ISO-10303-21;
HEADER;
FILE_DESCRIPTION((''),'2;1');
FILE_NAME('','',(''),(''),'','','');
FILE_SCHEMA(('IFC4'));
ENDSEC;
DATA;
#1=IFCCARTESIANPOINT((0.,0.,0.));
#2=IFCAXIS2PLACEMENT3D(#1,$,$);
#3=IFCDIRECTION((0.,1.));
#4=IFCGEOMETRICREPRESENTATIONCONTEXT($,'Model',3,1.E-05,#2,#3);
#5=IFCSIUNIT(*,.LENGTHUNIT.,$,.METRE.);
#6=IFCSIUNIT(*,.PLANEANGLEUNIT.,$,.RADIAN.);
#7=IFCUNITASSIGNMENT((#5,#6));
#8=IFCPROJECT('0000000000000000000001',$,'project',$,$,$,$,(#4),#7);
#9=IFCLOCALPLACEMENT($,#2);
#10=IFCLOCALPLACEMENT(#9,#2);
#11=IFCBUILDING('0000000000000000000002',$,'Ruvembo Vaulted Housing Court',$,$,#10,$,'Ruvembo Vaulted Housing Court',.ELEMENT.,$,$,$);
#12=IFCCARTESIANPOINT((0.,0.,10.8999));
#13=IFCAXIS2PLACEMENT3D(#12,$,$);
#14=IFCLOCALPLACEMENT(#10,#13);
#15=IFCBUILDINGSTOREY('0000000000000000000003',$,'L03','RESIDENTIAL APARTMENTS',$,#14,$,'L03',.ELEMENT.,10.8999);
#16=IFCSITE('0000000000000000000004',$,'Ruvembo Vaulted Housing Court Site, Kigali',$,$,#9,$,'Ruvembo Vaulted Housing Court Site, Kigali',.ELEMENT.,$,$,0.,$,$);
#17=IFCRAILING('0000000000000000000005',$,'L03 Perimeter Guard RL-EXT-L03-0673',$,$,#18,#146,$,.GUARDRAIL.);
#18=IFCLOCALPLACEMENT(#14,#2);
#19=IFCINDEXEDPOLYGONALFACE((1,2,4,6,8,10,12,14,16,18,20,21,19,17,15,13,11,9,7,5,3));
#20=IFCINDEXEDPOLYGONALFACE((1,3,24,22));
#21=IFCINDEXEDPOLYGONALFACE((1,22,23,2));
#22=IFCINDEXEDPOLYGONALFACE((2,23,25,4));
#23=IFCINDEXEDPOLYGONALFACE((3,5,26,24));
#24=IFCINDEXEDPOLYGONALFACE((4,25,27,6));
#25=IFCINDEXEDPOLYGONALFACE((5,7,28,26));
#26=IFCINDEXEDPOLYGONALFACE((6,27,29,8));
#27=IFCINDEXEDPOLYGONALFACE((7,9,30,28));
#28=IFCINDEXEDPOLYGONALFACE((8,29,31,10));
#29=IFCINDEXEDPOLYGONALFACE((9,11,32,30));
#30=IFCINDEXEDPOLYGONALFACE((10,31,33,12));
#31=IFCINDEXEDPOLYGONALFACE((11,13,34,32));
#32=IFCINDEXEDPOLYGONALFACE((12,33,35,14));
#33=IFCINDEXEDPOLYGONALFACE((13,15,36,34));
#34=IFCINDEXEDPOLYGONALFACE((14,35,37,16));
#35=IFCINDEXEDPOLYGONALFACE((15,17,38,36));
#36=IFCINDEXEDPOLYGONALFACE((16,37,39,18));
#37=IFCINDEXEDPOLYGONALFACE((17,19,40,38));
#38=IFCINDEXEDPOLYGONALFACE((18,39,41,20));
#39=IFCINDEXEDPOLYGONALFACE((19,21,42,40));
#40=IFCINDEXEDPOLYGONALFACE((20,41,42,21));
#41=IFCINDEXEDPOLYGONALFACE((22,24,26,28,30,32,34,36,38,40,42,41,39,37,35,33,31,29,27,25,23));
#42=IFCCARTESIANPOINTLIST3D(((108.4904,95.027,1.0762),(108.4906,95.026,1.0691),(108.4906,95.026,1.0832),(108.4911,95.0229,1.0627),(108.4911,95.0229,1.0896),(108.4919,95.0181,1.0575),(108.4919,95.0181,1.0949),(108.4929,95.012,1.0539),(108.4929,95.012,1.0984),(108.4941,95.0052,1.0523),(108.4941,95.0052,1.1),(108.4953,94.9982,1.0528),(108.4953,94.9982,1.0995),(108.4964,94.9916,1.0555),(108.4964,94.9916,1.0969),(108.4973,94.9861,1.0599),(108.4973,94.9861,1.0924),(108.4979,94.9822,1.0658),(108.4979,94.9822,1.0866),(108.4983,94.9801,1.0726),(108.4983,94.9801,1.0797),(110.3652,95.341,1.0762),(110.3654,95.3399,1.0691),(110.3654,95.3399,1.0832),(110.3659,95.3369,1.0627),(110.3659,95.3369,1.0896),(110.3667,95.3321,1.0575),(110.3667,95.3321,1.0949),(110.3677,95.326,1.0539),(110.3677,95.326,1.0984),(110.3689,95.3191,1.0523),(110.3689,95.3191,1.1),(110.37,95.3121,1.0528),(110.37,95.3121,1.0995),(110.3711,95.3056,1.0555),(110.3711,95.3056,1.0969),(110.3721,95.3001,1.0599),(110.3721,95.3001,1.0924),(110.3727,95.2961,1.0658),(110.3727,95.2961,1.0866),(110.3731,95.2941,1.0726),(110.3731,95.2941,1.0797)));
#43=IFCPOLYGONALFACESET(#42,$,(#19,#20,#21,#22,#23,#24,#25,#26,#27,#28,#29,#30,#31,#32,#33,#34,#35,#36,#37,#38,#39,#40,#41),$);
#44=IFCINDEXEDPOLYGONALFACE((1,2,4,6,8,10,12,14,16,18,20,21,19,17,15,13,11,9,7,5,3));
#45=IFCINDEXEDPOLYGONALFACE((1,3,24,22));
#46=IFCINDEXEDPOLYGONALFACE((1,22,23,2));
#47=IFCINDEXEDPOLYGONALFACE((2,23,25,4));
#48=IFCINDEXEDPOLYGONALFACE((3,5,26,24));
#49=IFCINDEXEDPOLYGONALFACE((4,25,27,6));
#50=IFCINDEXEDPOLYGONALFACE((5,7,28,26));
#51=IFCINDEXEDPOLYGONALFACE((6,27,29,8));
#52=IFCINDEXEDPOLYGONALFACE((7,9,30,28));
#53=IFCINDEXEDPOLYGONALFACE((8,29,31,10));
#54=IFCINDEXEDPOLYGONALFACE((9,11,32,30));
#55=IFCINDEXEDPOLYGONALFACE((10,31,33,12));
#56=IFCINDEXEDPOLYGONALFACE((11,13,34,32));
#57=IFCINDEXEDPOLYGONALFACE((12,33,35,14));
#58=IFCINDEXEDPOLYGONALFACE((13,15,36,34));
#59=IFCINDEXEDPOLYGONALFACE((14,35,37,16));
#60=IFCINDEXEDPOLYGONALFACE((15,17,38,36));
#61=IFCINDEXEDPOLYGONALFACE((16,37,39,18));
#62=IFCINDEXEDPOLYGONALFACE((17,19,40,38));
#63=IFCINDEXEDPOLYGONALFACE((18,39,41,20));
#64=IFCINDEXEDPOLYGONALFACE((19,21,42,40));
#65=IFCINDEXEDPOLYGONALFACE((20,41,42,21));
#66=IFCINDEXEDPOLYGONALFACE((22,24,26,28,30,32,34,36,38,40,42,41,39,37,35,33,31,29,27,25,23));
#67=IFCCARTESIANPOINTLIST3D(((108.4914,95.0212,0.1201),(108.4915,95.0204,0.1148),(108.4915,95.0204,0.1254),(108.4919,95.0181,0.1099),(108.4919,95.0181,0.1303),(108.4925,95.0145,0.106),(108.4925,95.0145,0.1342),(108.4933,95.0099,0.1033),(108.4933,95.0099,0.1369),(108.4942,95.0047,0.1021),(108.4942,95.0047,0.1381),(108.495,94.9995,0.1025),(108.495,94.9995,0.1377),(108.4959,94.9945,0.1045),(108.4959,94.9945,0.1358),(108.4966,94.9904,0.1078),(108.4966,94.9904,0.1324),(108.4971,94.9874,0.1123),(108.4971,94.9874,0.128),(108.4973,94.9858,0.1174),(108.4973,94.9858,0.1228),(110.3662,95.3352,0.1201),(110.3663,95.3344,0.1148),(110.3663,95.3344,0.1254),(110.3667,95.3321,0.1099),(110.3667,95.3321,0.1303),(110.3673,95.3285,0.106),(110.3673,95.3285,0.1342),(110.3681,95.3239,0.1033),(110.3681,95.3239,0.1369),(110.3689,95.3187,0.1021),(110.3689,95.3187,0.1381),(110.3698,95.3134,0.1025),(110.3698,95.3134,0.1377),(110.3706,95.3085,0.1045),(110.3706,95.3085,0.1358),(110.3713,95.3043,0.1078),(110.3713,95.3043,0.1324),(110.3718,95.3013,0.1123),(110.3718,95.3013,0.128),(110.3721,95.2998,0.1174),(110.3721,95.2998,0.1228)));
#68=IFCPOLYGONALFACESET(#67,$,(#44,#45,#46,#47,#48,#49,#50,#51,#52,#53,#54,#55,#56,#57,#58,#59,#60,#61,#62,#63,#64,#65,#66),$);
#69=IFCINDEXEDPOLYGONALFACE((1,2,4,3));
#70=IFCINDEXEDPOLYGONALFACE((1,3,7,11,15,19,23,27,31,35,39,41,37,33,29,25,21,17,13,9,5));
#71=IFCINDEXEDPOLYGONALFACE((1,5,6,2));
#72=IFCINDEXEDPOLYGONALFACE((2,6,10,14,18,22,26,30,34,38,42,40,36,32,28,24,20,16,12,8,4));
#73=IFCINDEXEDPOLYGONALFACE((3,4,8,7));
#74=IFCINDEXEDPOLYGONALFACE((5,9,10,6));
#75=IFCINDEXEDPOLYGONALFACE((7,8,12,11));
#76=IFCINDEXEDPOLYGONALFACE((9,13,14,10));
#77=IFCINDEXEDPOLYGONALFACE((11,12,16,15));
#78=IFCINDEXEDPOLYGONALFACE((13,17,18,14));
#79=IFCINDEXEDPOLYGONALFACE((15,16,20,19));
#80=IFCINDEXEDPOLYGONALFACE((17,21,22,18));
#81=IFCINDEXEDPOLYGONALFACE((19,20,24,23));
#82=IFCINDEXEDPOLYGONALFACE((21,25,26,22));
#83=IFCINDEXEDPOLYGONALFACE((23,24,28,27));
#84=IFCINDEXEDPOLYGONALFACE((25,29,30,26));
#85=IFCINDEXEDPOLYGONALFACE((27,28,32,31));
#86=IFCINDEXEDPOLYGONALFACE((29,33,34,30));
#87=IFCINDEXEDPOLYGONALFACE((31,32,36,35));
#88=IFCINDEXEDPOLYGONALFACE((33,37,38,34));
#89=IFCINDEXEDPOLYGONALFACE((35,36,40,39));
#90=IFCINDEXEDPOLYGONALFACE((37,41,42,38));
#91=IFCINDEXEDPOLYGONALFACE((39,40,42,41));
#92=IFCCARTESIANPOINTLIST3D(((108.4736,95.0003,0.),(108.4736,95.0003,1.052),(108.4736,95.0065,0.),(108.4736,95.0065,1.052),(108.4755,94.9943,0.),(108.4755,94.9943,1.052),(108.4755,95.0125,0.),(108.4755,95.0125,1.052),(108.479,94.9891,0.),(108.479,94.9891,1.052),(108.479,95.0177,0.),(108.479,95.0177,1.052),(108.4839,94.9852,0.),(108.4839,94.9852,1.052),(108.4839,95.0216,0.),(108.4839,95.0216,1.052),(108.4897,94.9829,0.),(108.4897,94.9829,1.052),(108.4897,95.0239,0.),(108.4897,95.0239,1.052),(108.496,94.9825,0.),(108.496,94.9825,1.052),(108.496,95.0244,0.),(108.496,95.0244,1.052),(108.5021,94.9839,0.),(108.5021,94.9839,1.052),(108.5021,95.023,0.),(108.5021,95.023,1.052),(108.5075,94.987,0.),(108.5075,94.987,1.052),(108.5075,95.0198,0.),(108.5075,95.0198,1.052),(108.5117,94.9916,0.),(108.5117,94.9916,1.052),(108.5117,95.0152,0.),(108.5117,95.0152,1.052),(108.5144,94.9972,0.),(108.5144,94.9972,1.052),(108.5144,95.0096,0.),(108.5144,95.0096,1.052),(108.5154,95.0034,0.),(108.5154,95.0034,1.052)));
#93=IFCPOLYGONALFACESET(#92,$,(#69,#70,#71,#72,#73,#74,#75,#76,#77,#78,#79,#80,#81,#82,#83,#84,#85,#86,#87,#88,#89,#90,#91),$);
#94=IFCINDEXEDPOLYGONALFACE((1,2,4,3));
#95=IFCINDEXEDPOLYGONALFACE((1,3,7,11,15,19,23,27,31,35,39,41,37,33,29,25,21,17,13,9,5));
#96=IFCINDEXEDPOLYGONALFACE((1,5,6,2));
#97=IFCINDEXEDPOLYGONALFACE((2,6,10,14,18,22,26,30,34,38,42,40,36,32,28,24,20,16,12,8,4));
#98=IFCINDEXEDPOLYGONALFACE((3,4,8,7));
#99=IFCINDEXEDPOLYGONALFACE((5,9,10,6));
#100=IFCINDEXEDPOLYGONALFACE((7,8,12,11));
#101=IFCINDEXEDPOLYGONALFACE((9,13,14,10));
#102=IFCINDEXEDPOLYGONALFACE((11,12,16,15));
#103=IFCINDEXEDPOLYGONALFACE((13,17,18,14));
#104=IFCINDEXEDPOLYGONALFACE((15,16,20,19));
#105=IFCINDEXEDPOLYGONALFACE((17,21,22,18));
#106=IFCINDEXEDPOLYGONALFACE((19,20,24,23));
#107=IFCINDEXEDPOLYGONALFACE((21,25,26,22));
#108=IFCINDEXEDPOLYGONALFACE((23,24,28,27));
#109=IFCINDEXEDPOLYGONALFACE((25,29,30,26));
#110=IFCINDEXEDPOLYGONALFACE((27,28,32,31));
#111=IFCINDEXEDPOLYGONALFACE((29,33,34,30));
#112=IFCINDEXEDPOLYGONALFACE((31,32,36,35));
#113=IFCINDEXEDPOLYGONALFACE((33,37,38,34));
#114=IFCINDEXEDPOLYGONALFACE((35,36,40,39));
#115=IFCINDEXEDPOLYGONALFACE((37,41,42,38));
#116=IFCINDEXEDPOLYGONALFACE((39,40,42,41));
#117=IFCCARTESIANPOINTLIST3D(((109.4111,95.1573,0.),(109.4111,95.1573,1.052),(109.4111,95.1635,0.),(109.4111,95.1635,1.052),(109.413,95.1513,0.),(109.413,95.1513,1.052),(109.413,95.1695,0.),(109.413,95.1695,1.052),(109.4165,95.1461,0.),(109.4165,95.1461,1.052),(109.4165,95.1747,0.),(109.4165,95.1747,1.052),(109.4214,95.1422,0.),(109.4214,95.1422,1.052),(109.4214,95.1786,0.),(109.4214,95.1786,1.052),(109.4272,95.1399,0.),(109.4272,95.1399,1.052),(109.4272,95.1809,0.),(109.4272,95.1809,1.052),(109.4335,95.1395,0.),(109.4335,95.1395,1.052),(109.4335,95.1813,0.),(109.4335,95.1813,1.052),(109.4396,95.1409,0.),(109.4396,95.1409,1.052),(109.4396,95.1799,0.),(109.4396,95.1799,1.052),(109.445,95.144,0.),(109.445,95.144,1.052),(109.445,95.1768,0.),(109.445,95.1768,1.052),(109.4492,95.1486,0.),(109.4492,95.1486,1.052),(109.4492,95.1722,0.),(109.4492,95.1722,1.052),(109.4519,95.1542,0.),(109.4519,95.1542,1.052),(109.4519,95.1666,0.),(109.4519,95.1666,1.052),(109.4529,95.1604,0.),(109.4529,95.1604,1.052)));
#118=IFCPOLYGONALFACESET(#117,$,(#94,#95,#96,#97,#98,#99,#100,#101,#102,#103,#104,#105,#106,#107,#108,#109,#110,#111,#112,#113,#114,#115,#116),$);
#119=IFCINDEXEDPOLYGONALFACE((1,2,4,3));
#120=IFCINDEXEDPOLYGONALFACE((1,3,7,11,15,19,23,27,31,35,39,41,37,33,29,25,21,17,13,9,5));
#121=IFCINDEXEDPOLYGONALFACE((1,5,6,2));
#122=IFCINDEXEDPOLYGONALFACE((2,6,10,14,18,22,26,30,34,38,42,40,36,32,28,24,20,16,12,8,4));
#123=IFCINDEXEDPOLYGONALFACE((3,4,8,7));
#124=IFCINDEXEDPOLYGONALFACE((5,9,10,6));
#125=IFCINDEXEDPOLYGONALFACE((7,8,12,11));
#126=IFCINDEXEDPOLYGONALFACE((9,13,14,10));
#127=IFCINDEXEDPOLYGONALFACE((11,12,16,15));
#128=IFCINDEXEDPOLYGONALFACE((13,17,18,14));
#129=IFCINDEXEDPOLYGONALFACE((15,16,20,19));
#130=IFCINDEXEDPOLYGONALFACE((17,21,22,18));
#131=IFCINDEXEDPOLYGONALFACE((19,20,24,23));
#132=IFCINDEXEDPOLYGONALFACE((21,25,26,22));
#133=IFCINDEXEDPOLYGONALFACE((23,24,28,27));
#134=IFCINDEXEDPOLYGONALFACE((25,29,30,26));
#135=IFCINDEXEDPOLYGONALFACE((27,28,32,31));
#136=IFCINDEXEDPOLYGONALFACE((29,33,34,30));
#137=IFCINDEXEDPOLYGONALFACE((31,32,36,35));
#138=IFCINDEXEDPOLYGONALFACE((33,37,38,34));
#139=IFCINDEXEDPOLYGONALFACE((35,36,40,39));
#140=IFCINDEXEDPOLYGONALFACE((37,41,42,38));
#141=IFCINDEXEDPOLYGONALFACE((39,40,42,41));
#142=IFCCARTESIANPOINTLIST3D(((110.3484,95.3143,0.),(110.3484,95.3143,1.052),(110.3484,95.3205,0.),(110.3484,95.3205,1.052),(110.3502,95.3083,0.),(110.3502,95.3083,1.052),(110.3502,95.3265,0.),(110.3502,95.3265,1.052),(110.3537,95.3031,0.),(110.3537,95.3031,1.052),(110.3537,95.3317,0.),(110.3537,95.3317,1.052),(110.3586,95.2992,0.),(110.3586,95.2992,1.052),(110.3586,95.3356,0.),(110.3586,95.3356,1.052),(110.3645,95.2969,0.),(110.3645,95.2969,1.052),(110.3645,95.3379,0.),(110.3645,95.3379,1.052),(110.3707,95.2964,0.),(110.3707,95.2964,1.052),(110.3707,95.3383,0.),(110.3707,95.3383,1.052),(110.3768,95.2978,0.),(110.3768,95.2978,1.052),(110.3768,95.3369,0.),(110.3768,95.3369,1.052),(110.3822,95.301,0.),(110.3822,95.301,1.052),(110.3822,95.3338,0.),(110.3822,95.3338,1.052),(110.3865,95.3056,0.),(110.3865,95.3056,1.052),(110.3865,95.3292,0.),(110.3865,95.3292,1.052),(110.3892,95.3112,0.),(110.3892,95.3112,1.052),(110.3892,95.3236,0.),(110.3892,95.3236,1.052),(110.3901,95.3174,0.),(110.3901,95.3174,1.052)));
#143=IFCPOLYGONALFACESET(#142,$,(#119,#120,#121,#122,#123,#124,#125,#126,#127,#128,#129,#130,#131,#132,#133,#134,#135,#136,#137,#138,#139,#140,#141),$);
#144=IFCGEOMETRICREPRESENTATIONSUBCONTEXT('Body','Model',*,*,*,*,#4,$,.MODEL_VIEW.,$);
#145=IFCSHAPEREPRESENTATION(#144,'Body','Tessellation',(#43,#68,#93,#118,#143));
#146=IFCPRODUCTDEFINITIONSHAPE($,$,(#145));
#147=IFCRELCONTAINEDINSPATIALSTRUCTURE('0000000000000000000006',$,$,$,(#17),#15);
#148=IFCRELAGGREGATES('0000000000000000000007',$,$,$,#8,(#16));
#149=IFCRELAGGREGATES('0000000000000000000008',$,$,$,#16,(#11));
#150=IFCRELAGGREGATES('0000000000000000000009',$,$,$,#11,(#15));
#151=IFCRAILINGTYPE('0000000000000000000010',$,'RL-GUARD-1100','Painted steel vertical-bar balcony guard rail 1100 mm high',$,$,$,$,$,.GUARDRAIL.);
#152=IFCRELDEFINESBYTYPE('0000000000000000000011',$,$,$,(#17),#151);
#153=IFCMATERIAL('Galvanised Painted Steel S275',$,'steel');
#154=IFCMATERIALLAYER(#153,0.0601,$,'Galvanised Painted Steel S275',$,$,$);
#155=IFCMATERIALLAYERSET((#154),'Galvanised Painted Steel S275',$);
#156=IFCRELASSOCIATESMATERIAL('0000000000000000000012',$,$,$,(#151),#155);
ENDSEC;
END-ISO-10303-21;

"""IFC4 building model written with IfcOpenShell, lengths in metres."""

from ifc_helpers import new_model, si_unit, direction, frame, origin, origin_2d, place, context, subcontext, project, spatial, circle, extrude, material, layer, layer_set, type_object, element, save


model = new_model("IFC4")

# Units and contexts
model_context = context("Model", 3, precision=1e-05, world=origin(), true_north=direction((0.0, 1.0)))
body_context = subcontext(model_context, "Body", "Model", "MODEL_VIEW")
ifc_project = project(units=[si_unit("LENGTHUNIT", "METRE"), si_unit("PLANEANGLEUNIT", "RADIAN")], contexts=[model_context])

# Site, building, storey
site_placement = place(None, origin())
site = spatial("IfcSite", under=ifc_project, at=site_placement, Name="Ruvembo Vaulted Housing Court Site, Kigali", LongName="Ruvembo Vaulted Housing Court Site, Kigali", CompositionType="ELEMENT", RefElevation=0.0)
building_placement = place(site_placement, origin())
building = spatial("IfcBuilding", under=site, at=building_placement, Name="Ruvembo Vaulted Housing Court", LongName="Ruvembo Vaulted Housing Court", CompositionType="ELEMENT")
storey_placement = place(building_placement, frame((0.0, 0.0, 10.8999)))
storey = spatial("IfcBuildingStorey", under=building, at=storey_placement, Name="L03", Description="RESIDENTIAL APARTMENTS", LongName="L03", CompositionType="ELEMENT", Elevation=10.8999)

# Railing
ifc_material_1 = material(Name="Galvanised Painted Steel S275", Category="steel")
ifc_layer_1 = layer(ifc_material_1, 0.0601, Name="Galvanised Painted Steel S275")
ifc_layer_set_1 = layer_set([ifc_layer_1], Name="Galvanised Painted Steel S275")
railing_type = type_object("IfcRailingType", Name="RL-GUARD-1100", Description="Painted steel vertical-bar balcony guard rail 1100 mm high", PredefinedType="GUARDRAIL", material=ifc_layer_set_1)
railing_1_placement = place(storey_placement, frame((108.4944, 95.0034, 0.0)))
element("IfcRailing", 1, at=railing_1_placement, inside=storey, type_object=railing_type, Name="L03 Perimeter Guard RL-EXT-L03-0673", PredefinedType="GUARDRAIL", context=body_context, shape_type="SweptSolid", body=[
    extrude(circle(Radius=0.0239, at=origin_2d()), frame((0.0, 0.0, 1.0762), z_axis=(0.986265, 0.16517, 0.0), x_axis=(-0.16517, 0.986265, 0.0)), (0.0, 0.0, 1.0), 1.9009),
    extrude(circle(Radius=0.0181, at=origin_2d()), frame((0.0, 0.0, 0.1201), z_axis=(0.986265, 0.16517, 0.0), x_axis=(-0.16517, 0.986265, 0.0)), (0.0, 0.0, 1.0), 1.9009),
    extrude(circle(Radius=0.021, at=origin_2d()), origin(), (0.0, 0.0, 1.0), 1.052),
    extrude(circle(Radius=0.021, at=origin_2d()), frame((0.9375, 0.157, 0.0)), (0.0, 0.0, 1.0), 1.052),
    extrude(circle(Radius=0.021, at=origin_2d()), frame((1.8748, 0.314, 0.0)), (0.0, 0.0, 1.0), 1.052),
])

save(model, "model.ifc")
